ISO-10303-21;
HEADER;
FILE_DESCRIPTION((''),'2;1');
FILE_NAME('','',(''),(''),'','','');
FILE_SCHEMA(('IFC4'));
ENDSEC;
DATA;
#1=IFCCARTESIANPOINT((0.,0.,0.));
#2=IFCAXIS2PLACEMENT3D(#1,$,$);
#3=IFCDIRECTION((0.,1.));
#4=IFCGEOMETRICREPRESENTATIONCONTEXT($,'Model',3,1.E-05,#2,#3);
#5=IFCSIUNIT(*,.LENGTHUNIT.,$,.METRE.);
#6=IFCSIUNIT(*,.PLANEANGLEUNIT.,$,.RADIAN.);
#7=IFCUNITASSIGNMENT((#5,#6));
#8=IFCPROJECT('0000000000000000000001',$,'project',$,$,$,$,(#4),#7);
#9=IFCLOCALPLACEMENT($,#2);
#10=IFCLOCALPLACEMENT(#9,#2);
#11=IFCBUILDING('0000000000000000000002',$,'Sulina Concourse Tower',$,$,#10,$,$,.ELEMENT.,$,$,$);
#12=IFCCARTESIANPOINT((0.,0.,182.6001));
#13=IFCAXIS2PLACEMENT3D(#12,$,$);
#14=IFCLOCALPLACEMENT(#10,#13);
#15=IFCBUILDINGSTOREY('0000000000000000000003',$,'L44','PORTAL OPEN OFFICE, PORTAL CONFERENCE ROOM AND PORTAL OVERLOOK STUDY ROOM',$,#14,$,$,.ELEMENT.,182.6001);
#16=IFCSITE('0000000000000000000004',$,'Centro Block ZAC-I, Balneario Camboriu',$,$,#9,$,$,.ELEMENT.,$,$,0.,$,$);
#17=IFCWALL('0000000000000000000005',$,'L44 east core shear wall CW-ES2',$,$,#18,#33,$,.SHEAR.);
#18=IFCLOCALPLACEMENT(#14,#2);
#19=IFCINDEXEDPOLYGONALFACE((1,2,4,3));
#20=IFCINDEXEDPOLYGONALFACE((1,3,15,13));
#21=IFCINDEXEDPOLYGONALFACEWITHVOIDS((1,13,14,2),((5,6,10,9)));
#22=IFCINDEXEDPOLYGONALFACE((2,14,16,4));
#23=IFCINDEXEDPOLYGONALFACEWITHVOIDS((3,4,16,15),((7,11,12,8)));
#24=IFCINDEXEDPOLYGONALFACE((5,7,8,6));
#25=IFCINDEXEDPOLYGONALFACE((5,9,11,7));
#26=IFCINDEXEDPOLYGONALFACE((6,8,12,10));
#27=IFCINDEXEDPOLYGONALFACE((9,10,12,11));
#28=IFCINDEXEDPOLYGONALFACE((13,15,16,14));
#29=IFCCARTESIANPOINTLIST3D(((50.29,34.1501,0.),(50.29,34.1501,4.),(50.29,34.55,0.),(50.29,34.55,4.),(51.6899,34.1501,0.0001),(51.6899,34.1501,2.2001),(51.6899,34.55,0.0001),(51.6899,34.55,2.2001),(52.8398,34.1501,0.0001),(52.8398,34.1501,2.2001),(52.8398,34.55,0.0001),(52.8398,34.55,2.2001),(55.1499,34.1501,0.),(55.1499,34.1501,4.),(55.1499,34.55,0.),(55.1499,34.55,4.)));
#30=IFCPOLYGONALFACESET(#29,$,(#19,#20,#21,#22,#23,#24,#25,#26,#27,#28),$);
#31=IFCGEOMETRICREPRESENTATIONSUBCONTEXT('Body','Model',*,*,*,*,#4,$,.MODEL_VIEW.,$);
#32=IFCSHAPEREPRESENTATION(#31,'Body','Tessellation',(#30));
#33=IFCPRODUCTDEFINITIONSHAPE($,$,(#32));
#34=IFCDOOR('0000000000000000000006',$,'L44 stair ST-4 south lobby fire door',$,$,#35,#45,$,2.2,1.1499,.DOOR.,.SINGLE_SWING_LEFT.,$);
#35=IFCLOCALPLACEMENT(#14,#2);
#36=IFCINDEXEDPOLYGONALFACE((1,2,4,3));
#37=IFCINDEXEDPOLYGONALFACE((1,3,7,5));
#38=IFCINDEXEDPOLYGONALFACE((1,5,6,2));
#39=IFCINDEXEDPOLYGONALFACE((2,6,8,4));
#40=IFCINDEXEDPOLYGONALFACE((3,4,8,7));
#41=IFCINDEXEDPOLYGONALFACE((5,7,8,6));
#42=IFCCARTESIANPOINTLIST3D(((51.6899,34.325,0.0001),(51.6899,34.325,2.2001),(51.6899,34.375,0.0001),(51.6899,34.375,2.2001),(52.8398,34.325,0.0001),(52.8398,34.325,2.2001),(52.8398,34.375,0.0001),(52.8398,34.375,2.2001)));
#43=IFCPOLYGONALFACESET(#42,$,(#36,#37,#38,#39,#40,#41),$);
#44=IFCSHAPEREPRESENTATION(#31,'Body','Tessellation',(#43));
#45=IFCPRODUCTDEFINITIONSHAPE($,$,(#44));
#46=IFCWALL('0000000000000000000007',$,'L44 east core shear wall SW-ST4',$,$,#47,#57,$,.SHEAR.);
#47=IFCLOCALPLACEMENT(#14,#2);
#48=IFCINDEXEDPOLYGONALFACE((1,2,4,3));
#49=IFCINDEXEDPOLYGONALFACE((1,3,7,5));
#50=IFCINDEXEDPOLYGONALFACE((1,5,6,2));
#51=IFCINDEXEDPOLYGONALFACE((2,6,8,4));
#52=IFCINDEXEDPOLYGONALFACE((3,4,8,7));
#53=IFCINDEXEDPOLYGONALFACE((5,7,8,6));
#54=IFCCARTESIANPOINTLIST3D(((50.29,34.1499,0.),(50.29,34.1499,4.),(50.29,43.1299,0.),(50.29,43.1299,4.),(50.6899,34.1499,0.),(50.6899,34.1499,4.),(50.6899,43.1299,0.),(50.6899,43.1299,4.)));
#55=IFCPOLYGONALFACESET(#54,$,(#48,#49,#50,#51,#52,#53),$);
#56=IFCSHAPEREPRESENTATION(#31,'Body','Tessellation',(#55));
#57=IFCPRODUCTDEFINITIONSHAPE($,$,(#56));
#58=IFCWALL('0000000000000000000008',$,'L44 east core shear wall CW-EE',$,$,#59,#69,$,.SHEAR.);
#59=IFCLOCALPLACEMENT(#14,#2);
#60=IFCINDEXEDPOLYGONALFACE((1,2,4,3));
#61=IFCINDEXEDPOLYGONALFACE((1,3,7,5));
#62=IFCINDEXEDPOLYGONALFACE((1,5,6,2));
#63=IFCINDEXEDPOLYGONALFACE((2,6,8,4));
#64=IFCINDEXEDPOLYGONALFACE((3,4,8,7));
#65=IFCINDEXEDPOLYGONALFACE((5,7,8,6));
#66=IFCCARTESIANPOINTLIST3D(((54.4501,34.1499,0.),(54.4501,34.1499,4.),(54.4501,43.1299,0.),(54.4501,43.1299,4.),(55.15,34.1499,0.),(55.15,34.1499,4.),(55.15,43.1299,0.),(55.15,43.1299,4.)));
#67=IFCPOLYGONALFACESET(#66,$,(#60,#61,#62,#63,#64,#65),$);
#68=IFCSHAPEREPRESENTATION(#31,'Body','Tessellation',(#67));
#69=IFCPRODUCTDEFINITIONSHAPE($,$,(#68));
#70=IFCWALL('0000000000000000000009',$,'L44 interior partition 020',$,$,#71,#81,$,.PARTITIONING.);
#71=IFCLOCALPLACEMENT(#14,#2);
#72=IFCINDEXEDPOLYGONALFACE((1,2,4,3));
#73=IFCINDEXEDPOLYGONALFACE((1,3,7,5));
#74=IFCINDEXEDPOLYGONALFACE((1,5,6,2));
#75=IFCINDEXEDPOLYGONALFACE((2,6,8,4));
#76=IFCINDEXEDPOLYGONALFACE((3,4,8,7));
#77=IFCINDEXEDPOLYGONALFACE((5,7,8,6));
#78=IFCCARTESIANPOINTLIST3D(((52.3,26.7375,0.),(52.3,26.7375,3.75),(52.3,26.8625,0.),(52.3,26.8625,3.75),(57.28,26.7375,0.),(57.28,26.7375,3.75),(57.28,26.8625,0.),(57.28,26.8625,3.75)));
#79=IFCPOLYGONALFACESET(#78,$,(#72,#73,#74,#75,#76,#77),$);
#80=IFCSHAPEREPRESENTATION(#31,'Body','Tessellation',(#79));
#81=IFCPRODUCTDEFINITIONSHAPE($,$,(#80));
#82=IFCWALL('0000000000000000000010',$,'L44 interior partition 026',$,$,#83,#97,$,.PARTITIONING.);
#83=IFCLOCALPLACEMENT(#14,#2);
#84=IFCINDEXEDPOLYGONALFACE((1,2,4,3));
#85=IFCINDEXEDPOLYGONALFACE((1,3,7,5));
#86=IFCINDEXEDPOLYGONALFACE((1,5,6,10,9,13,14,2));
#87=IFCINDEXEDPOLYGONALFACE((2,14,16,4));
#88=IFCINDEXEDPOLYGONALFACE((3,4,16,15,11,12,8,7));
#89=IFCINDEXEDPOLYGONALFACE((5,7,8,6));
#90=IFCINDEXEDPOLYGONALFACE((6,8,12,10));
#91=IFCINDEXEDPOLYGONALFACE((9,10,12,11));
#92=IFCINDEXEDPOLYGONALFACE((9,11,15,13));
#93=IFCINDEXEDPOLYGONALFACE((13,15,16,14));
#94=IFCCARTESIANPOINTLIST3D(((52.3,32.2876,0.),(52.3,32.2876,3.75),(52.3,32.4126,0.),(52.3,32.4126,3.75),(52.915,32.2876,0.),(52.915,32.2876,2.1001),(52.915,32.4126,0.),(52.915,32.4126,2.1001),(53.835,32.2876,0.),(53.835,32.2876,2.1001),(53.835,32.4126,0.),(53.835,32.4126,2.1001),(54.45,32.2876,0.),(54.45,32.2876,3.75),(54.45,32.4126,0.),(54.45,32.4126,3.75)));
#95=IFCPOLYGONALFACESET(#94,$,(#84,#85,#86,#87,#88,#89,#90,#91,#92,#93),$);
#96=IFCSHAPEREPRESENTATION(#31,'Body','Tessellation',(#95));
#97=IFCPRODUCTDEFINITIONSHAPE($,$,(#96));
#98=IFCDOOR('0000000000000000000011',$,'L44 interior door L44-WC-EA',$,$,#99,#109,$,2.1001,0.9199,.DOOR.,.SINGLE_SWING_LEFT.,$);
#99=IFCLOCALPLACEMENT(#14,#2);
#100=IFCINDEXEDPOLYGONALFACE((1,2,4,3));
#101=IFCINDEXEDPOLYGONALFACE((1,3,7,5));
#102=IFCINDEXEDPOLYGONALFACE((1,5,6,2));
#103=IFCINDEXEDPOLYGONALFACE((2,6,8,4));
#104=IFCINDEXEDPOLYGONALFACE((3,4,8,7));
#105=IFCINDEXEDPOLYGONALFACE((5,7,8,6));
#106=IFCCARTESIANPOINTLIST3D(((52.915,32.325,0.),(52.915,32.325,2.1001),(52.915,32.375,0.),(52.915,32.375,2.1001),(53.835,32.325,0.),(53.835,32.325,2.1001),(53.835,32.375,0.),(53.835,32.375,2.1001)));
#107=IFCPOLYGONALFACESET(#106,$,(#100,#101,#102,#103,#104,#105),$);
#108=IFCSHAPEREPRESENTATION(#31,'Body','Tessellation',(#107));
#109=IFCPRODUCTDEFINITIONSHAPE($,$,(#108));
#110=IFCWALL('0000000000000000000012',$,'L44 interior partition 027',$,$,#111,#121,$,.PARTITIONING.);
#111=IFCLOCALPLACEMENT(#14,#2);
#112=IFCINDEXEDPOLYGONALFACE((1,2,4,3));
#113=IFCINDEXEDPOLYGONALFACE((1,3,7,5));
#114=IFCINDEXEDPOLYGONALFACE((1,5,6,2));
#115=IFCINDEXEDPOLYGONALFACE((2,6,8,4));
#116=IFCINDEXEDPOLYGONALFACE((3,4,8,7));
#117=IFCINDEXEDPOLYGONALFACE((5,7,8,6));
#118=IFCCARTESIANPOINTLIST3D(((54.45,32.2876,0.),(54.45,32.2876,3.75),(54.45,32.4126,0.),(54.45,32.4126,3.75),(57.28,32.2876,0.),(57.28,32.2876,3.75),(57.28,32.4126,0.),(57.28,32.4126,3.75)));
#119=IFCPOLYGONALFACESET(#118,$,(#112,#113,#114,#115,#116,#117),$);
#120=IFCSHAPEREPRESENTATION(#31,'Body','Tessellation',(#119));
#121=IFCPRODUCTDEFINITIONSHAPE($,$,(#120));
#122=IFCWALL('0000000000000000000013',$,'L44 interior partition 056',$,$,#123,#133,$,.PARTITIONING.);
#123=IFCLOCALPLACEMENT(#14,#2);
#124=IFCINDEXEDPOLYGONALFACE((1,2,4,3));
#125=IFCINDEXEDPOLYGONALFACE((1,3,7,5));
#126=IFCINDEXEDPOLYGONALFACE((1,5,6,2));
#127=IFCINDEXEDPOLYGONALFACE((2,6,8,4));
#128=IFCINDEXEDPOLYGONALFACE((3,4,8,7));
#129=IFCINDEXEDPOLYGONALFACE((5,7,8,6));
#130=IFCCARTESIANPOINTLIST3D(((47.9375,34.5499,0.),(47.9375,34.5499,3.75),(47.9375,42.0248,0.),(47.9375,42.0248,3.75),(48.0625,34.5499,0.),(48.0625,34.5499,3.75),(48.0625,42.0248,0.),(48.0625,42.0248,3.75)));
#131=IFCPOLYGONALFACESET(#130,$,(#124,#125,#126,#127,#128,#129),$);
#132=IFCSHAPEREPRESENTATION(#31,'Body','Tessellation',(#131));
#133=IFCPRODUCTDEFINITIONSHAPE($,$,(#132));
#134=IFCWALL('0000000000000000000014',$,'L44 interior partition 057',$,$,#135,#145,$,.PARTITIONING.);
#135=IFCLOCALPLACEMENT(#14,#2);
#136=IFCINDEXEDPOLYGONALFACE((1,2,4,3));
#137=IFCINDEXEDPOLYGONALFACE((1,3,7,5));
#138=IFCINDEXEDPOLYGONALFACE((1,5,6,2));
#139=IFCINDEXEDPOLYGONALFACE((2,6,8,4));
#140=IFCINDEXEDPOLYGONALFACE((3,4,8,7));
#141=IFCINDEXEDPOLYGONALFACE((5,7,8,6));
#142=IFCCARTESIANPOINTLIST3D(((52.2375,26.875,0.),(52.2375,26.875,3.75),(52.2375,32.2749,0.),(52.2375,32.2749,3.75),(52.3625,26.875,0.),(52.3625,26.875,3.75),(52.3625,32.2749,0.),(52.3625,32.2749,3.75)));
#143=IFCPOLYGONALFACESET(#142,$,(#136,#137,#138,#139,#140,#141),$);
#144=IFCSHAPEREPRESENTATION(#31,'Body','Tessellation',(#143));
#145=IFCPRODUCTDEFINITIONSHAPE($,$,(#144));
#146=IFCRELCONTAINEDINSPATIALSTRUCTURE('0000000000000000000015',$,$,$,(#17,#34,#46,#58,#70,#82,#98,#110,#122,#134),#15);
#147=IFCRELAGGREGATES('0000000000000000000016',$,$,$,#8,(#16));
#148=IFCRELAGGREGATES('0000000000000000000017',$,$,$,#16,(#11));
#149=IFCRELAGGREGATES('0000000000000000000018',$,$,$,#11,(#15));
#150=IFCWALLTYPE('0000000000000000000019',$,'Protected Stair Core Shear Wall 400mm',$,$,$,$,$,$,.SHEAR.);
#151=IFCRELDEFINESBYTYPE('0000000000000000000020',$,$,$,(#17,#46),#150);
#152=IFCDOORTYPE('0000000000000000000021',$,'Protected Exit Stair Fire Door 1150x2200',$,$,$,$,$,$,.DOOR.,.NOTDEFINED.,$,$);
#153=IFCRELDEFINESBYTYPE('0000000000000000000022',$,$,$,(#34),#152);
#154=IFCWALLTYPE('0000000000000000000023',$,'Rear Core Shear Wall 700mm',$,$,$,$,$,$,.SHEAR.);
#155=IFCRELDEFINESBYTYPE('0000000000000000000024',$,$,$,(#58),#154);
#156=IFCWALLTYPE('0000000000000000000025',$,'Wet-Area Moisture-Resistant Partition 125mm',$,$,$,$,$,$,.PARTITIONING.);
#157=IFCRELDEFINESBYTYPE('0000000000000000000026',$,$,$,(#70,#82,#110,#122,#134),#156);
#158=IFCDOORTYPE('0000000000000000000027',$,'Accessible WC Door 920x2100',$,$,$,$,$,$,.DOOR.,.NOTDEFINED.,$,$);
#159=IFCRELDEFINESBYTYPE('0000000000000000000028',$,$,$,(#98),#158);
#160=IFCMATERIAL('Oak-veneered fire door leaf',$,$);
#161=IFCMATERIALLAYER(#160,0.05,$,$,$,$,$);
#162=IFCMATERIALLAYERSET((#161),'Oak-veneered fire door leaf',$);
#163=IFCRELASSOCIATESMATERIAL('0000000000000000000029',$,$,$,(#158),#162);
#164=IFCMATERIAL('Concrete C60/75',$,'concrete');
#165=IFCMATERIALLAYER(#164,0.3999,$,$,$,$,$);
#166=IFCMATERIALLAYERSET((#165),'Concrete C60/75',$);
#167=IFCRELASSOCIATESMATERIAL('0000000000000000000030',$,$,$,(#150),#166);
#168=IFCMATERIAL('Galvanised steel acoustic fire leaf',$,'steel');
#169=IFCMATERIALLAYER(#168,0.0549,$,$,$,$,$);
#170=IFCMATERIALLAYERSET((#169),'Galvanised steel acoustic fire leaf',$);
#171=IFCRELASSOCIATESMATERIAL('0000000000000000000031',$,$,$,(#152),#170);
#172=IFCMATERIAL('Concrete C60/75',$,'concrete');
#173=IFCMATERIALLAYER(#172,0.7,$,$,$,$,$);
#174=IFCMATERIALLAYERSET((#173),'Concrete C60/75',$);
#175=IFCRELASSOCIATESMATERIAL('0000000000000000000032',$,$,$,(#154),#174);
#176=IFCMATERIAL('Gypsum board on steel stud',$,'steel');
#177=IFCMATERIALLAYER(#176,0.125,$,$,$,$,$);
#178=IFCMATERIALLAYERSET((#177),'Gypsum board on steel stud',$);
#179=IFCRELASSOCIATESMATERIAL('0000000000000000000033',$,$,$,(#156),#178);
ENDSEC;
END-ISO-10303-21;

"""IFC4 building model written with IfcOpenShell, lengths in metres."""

from ifc_helpers import new_model, si_unit, direction, frame, frame_2d, origin, place, context, subcontext, project, spatial, rectangle, extrude, material, layer, layer_set, type_object, element, fill, save


model = new_model("IFC4")

# Units and contexts
model_context = context("Model", 3, precision=1e-05, world=origin(), true_north=direction((0.0, 1.0)))
body_context = subcontext(model_context, "Body", "Model", "MODEL_VIEW")
ifc_project = project(units=[si_unit("LENGTHUNIT", "METRE"), si_unit("PLANEANGLEUNIT", "RADIAN")], contexts=[model_context])

# Site, building, storey
site_placement = place(None, origin())
site = spatial("IfcSite", under=ifc_project, at=site_placement, Name="Centro Block ZAC-I, Balneario Camboriu", CompositionType="ELEMENT", RefElevation=0.0)
building_placement = place(site_placement, origin())
building = spatial("IfcBuilding", under=site, at=building_placement, Name="Sulina Concourse Tower", CompositionType="ELEMENT")
storey_placement = place(building_placement, frame((0.0, 0.0, 182.6001)))
storey = spatial("IfcBuildingStorey", under=building, at=storey_placement, Name="L44", Description="PORTAL OPEN OFFICE, PORTAL CONFERENCE ROOM AND PORTAL OVERLOOK STUDY ROOM", CompositionType="ELEMENT", Elevation=182.6001)

# Shared definitions
ifc_material_1 = material(Name="Oak-veneered fire door leaf")
ifc_layer_1 = layer(ifc_material_1, 0.05)
ifc_layer_set_1 = layer_set([ifc_layer_1], Name="Oak-veneered fire door leaf")
door_type_1 = type_object("IfcDoorType", Name="Accessible WC Door 920x2100", OperationType="NOTDEFINED", PredefinedType="DOOR", material=ifc_layer_set_1)

# Shared definitions
ifc_material_2 = material(Name="Concrete C60/75", Category="concrete")
ifc_layer_2 = layer(ifc_material_2, 0.3999)
ifc_layer_set_2 = layer_set([ifc_layer_2], Name="Concrete C60/75")
wall_type_1 = type_object("IfcWallType", Name="Protected Stair Core Shear Wall 400mm", PredefinedType="SHEAR", material=ifc_layer_set_2)

# Wall, opening, door
wall_1_placement = place(storey_placement, frame((50.29, 34.3501, 0.0), z_axis=(0.0, 0.0, 1.0), x_axis=(1.0, 0.0, 0.0)))
wall_1 = element("IfcWall", 1, at=wall_1_placement, inside=storey, type_object=wall_type_1, Name="L44 east core shear wall CW-ES2", PredefinedType="SHEAR", context=body_context, shape_type="SweptSolid", body=[
    extrude(rectangle(XDim=4.8599, YDim=0.3999, at=frame_2d((2.4299, 0.0))), origin(), (0.0, 0.0, 1.0), 4.0),
])
opening_1_placement = place(wall_1_placement, frame((1.3999, 0.0, 0.0)))
opening_1 = element("IfcOpeningElement", 2, at=opening_1_placement, cuts=wall_1, PredefinedType="OPENING", context=body_context, shape_type="SweptSolid", body=[
    extrude(rectangle(XDim=1.1499, YDim=2.2, at=frame_2d((0.575, 1.1001))), frame((0.0, 0.21, 0.0), z_axis=(0.0, -1.0, 0.0), x_axis=(1.0, 0.0, 0.0)), (0.0, 0.0, 1.0), 0.4199),
])
ifc_material_3 = material(Name="Galvanised steel acoustic fire leaf", Category="steel")
ifc_layer_3 = layer(ifc_material_3, 0.0549)
ifc_layer_set_3 = layer_set([ifc_layer_3], Name="Galvanised steel acoustic fire leaf")
door_type_2 = type_object("IfcDoorType", Name="Protected Exit Stair Fire Door 1150x2200", OperationType="NOTDEFINED", PredefinedType="DOOR", material=ifc_layer_set_3)
door_1_placement = place(opening_1_placement, origin())
door_1 = element("IfcDoor", 3, at=door_1_placement, inside=storey, type_object=door_type_2, Name="L44 stair ST-4 south lobby fire door", OperationType="SINGLE_SWING_LEFT", OverallHeight=2.2, OverallWidth=1.1499, PredefinedType="DOOR", context=body_context, shape_type="SweptSolid", body=[
    extrude(rectangle(XDim=1.1499, YDim=2.2, at=frame_2d((0.575, 1.1001))), frame((0.0, 0.0249, 0.0), z_axis=(0.0, -1.0, 0.0), x_axis=(1.0, 0.0, 0.0)), (0.0, 0.0, 1.0), 0.05),
])
fill(opening_1, door_1)

# Walls
wall_2_placement = place(storey_placement, frame((50.49, 34.1499, 0.0), z_axis=(0.0, 0.0, 1.0), x_axis=(0.0, 1.0, 0.0)))
element("IfcWall", 4, at=wall_2_placement, inside=storey, type_object=wall_type_1, Name="L44 east core shear wall SW-ST4", PredefinedType="SHEAR", context=body_context, shape_type="SweptSolid", body=[
    extrude(rectangle(XDim=8.98, YDim=0.3999, at=frame_2d((4.49, 0.0))), origin(), (0.0, 0.0, 1.0), 4.0),
])
ifc_material_4 = material(Name="Concrete C60/75", Category="concrete")
ifc_layer_4 = layer(ifc_material_4, 0.7)
ifc_layer_set_4 = layer_set([ifc_layer_4], Name="Concrete C60/75")
wall_type_2 = type_object("IfcWallType", Name="Rear Core Shear Wall 700mm", PredefinedType="SHEAR", material=ifc_layer_set_4)
wall_3_placement = place(storey_placement, frame((54.8, 34.1499, 0.0), z_axis=(0.0, 0.0, 1.0), x_axis=(0.0, 1.0, 0.0)))
element("IfcWall", 5, at=wall_3_placement, inside=storey, type_object=wall_type_2, Name="L44 east core shear wall CW-EE", PredefinedType="SHEAR", context=body_context, shape_type="SweptSolid", body=[
    extrude(rectangle(XDim=8.98, YDim=0.7, at=frame_2d((4.49, 0.0))), origin(), (0.0, 0.0, 1.0), 4.0),
])
ifc_material_5 = material(Name="Gypsum board on steel stud", Category="steel")
ifc_layer_5 = layer(ifc_material_5, 0.125)
ifc_layer_set_5 = layer_set([ifc_layer_5], Name="Gypsum board on steel stud")
wall_type_3 = type_object("IfcWallType", Name="Wet-Area Moisture-Resistant Partition 125mm", PredefinedType="PARTITIONING", material=ifc_layer_set_5)
wall_4_placement = place(storey_placement, frame((52.3, 26.8, 0.0), z_axis=(0.0, 0.0, 1.0), x_axis=(1.0, 0.0, 0.0)))
element("IfcWall", 6, at=wall_4_placement, inside=storey, type_object=wall_type_3, Name="L44 interior partition 020", PredefinedType="PARTITIONING", context=body_context, shape_type="SweptSolid", body=[
    extrude(rectangle(XDim=4.98, YDim=0.125, at=frame_2d((2.49, 0.0))), origin(), (0.0, 0.0, 1.0), 3.75),
])

# Wall, opening, door
wall_5_placement = place(storey_placement, frame((52.3, 32.3501, 0.0), z_axis=(0.0, 0.0, 1.0), x_axis=(1.0, 0.0, 0.0)))
wall_5 = element("IfcWall", 7, at=wall_5_placement, inside=storey, type_object=wall_type_3, Name="L44 interior partition 026", PredefinedType="PARTITIONING", context=body_context, shape_type="SweptSolid", body=[
    extrude(rectangle(XDim=2.1499, YDim=0.125, at=frame_2d((1.075, 0.0))), origin(), (0.0, 0.0, 1.0), 3.75),
])
opening_2_placement = place(wall_5_placement, frame((0.615, 0.0, 0.0)))
opening_2 = element("IfcOpeningElement", 8, at=opening_2_placement, cuts=wall_5, PredefinedType="OPENING", context=body_context, shape_type="SweptSolid", body=[
    extrude(rectangle(XDim=0.9199, YDim=2.1001, at=frame_2d((0.46, 1.05))), frame((0.0, 0.0725, 0.0), z_axis=(0.0, -1.0, 0.0), x_axis=(1.0, 0.0, 0.0)), (0.0, 0.0, 1.0), 0.145),
])
door_2_placement = place(opening_2_placement, origin())
door_2 = element("IfcDoor", 9, at=door_2_placement, inside=storey, type_object=door_type_1, Name="L44 interior door L44-WC-EA", OperationType="SINGLE_SWING_LEFT", OverallHeight=2.1001, OverallWidth=0.9199, PredefinedType="DOOR", context=body_context, shape_type="SweptSolid", body=[
    extrude(rectangle(XDim=0.9199, YDim=2.1001, at=frame_2d((0.46, 1.05))), frame((0.0, 0.0249, 0.0), z_axis=(0.0, -1.0, 0.0), x_axis=(1.0, 0.0, 0.0)), (0.0, 0.0, 1.0), 0.05),
])
fill(opening_2, door_2)

# Walls
wall_6_placement = place(storey_placement, frame((54.45, 32.3501, 0.0), z_axis=(0.0, 0.0, 1.0), x_axis=(1.0, 0.0, 0.0)))
element("IfcWall", 10, at=wall_6_placement, inside=storey, type_object=wall_type_3, Name="L44 interior partition 027", PredefinedType="PARTITIONING", context=body_context, shape_type="SweptSolid", body=[
    extrude(rectangle(XDim=2.8301, YDim=0.125, at=frame_2d((1.415, 0.0))), origin(), (0.0, 0.0, 1.0), 3.75),
])
wall_7_placement = place(storey_placement, frame((48.0, 34.55, 0.0), z_axis=(0.0, 0.0, 1.0), x_axis=(0.0, 1.0, 0.0)))
element("IfcWall", 11, at=wall_7_placement, inside=storey, type_object=wall_type_3, Name="L44 interior partition 056", PredefinedType="PARTITIONING", context=body_context, shape_type="SweptSolid", body=[
    extrude(rectangle(XDim=7.4749, YDim=0.125, at=frame_2d((3.7373, 0.0))), origin(), (0.0, 0.0, 1.0), 3.75),
])
wall_8_placement = place(storey_placement, frame((52.3, 26.875, 0.0), z_axis=(0.0, 0.0, 1.0), x_axis=(0.0, 1.0, 0.0)))
element("IfcWall", 12, at=wall_8_placement, inside=storey, type_object=wall_type_3, Name="L44 interior partition 057", PredefinedType="PARTITIONING", context=body_context, shape_type="SweptSolid", body=[
    extrude(rectangle(XDim=5.3999, YDim=0.125, at=frame_2d((2.7, 0.0))), origin(), (0.0, 0.0, 1.0), 3.75),
])

save(model, "model.ifc")
